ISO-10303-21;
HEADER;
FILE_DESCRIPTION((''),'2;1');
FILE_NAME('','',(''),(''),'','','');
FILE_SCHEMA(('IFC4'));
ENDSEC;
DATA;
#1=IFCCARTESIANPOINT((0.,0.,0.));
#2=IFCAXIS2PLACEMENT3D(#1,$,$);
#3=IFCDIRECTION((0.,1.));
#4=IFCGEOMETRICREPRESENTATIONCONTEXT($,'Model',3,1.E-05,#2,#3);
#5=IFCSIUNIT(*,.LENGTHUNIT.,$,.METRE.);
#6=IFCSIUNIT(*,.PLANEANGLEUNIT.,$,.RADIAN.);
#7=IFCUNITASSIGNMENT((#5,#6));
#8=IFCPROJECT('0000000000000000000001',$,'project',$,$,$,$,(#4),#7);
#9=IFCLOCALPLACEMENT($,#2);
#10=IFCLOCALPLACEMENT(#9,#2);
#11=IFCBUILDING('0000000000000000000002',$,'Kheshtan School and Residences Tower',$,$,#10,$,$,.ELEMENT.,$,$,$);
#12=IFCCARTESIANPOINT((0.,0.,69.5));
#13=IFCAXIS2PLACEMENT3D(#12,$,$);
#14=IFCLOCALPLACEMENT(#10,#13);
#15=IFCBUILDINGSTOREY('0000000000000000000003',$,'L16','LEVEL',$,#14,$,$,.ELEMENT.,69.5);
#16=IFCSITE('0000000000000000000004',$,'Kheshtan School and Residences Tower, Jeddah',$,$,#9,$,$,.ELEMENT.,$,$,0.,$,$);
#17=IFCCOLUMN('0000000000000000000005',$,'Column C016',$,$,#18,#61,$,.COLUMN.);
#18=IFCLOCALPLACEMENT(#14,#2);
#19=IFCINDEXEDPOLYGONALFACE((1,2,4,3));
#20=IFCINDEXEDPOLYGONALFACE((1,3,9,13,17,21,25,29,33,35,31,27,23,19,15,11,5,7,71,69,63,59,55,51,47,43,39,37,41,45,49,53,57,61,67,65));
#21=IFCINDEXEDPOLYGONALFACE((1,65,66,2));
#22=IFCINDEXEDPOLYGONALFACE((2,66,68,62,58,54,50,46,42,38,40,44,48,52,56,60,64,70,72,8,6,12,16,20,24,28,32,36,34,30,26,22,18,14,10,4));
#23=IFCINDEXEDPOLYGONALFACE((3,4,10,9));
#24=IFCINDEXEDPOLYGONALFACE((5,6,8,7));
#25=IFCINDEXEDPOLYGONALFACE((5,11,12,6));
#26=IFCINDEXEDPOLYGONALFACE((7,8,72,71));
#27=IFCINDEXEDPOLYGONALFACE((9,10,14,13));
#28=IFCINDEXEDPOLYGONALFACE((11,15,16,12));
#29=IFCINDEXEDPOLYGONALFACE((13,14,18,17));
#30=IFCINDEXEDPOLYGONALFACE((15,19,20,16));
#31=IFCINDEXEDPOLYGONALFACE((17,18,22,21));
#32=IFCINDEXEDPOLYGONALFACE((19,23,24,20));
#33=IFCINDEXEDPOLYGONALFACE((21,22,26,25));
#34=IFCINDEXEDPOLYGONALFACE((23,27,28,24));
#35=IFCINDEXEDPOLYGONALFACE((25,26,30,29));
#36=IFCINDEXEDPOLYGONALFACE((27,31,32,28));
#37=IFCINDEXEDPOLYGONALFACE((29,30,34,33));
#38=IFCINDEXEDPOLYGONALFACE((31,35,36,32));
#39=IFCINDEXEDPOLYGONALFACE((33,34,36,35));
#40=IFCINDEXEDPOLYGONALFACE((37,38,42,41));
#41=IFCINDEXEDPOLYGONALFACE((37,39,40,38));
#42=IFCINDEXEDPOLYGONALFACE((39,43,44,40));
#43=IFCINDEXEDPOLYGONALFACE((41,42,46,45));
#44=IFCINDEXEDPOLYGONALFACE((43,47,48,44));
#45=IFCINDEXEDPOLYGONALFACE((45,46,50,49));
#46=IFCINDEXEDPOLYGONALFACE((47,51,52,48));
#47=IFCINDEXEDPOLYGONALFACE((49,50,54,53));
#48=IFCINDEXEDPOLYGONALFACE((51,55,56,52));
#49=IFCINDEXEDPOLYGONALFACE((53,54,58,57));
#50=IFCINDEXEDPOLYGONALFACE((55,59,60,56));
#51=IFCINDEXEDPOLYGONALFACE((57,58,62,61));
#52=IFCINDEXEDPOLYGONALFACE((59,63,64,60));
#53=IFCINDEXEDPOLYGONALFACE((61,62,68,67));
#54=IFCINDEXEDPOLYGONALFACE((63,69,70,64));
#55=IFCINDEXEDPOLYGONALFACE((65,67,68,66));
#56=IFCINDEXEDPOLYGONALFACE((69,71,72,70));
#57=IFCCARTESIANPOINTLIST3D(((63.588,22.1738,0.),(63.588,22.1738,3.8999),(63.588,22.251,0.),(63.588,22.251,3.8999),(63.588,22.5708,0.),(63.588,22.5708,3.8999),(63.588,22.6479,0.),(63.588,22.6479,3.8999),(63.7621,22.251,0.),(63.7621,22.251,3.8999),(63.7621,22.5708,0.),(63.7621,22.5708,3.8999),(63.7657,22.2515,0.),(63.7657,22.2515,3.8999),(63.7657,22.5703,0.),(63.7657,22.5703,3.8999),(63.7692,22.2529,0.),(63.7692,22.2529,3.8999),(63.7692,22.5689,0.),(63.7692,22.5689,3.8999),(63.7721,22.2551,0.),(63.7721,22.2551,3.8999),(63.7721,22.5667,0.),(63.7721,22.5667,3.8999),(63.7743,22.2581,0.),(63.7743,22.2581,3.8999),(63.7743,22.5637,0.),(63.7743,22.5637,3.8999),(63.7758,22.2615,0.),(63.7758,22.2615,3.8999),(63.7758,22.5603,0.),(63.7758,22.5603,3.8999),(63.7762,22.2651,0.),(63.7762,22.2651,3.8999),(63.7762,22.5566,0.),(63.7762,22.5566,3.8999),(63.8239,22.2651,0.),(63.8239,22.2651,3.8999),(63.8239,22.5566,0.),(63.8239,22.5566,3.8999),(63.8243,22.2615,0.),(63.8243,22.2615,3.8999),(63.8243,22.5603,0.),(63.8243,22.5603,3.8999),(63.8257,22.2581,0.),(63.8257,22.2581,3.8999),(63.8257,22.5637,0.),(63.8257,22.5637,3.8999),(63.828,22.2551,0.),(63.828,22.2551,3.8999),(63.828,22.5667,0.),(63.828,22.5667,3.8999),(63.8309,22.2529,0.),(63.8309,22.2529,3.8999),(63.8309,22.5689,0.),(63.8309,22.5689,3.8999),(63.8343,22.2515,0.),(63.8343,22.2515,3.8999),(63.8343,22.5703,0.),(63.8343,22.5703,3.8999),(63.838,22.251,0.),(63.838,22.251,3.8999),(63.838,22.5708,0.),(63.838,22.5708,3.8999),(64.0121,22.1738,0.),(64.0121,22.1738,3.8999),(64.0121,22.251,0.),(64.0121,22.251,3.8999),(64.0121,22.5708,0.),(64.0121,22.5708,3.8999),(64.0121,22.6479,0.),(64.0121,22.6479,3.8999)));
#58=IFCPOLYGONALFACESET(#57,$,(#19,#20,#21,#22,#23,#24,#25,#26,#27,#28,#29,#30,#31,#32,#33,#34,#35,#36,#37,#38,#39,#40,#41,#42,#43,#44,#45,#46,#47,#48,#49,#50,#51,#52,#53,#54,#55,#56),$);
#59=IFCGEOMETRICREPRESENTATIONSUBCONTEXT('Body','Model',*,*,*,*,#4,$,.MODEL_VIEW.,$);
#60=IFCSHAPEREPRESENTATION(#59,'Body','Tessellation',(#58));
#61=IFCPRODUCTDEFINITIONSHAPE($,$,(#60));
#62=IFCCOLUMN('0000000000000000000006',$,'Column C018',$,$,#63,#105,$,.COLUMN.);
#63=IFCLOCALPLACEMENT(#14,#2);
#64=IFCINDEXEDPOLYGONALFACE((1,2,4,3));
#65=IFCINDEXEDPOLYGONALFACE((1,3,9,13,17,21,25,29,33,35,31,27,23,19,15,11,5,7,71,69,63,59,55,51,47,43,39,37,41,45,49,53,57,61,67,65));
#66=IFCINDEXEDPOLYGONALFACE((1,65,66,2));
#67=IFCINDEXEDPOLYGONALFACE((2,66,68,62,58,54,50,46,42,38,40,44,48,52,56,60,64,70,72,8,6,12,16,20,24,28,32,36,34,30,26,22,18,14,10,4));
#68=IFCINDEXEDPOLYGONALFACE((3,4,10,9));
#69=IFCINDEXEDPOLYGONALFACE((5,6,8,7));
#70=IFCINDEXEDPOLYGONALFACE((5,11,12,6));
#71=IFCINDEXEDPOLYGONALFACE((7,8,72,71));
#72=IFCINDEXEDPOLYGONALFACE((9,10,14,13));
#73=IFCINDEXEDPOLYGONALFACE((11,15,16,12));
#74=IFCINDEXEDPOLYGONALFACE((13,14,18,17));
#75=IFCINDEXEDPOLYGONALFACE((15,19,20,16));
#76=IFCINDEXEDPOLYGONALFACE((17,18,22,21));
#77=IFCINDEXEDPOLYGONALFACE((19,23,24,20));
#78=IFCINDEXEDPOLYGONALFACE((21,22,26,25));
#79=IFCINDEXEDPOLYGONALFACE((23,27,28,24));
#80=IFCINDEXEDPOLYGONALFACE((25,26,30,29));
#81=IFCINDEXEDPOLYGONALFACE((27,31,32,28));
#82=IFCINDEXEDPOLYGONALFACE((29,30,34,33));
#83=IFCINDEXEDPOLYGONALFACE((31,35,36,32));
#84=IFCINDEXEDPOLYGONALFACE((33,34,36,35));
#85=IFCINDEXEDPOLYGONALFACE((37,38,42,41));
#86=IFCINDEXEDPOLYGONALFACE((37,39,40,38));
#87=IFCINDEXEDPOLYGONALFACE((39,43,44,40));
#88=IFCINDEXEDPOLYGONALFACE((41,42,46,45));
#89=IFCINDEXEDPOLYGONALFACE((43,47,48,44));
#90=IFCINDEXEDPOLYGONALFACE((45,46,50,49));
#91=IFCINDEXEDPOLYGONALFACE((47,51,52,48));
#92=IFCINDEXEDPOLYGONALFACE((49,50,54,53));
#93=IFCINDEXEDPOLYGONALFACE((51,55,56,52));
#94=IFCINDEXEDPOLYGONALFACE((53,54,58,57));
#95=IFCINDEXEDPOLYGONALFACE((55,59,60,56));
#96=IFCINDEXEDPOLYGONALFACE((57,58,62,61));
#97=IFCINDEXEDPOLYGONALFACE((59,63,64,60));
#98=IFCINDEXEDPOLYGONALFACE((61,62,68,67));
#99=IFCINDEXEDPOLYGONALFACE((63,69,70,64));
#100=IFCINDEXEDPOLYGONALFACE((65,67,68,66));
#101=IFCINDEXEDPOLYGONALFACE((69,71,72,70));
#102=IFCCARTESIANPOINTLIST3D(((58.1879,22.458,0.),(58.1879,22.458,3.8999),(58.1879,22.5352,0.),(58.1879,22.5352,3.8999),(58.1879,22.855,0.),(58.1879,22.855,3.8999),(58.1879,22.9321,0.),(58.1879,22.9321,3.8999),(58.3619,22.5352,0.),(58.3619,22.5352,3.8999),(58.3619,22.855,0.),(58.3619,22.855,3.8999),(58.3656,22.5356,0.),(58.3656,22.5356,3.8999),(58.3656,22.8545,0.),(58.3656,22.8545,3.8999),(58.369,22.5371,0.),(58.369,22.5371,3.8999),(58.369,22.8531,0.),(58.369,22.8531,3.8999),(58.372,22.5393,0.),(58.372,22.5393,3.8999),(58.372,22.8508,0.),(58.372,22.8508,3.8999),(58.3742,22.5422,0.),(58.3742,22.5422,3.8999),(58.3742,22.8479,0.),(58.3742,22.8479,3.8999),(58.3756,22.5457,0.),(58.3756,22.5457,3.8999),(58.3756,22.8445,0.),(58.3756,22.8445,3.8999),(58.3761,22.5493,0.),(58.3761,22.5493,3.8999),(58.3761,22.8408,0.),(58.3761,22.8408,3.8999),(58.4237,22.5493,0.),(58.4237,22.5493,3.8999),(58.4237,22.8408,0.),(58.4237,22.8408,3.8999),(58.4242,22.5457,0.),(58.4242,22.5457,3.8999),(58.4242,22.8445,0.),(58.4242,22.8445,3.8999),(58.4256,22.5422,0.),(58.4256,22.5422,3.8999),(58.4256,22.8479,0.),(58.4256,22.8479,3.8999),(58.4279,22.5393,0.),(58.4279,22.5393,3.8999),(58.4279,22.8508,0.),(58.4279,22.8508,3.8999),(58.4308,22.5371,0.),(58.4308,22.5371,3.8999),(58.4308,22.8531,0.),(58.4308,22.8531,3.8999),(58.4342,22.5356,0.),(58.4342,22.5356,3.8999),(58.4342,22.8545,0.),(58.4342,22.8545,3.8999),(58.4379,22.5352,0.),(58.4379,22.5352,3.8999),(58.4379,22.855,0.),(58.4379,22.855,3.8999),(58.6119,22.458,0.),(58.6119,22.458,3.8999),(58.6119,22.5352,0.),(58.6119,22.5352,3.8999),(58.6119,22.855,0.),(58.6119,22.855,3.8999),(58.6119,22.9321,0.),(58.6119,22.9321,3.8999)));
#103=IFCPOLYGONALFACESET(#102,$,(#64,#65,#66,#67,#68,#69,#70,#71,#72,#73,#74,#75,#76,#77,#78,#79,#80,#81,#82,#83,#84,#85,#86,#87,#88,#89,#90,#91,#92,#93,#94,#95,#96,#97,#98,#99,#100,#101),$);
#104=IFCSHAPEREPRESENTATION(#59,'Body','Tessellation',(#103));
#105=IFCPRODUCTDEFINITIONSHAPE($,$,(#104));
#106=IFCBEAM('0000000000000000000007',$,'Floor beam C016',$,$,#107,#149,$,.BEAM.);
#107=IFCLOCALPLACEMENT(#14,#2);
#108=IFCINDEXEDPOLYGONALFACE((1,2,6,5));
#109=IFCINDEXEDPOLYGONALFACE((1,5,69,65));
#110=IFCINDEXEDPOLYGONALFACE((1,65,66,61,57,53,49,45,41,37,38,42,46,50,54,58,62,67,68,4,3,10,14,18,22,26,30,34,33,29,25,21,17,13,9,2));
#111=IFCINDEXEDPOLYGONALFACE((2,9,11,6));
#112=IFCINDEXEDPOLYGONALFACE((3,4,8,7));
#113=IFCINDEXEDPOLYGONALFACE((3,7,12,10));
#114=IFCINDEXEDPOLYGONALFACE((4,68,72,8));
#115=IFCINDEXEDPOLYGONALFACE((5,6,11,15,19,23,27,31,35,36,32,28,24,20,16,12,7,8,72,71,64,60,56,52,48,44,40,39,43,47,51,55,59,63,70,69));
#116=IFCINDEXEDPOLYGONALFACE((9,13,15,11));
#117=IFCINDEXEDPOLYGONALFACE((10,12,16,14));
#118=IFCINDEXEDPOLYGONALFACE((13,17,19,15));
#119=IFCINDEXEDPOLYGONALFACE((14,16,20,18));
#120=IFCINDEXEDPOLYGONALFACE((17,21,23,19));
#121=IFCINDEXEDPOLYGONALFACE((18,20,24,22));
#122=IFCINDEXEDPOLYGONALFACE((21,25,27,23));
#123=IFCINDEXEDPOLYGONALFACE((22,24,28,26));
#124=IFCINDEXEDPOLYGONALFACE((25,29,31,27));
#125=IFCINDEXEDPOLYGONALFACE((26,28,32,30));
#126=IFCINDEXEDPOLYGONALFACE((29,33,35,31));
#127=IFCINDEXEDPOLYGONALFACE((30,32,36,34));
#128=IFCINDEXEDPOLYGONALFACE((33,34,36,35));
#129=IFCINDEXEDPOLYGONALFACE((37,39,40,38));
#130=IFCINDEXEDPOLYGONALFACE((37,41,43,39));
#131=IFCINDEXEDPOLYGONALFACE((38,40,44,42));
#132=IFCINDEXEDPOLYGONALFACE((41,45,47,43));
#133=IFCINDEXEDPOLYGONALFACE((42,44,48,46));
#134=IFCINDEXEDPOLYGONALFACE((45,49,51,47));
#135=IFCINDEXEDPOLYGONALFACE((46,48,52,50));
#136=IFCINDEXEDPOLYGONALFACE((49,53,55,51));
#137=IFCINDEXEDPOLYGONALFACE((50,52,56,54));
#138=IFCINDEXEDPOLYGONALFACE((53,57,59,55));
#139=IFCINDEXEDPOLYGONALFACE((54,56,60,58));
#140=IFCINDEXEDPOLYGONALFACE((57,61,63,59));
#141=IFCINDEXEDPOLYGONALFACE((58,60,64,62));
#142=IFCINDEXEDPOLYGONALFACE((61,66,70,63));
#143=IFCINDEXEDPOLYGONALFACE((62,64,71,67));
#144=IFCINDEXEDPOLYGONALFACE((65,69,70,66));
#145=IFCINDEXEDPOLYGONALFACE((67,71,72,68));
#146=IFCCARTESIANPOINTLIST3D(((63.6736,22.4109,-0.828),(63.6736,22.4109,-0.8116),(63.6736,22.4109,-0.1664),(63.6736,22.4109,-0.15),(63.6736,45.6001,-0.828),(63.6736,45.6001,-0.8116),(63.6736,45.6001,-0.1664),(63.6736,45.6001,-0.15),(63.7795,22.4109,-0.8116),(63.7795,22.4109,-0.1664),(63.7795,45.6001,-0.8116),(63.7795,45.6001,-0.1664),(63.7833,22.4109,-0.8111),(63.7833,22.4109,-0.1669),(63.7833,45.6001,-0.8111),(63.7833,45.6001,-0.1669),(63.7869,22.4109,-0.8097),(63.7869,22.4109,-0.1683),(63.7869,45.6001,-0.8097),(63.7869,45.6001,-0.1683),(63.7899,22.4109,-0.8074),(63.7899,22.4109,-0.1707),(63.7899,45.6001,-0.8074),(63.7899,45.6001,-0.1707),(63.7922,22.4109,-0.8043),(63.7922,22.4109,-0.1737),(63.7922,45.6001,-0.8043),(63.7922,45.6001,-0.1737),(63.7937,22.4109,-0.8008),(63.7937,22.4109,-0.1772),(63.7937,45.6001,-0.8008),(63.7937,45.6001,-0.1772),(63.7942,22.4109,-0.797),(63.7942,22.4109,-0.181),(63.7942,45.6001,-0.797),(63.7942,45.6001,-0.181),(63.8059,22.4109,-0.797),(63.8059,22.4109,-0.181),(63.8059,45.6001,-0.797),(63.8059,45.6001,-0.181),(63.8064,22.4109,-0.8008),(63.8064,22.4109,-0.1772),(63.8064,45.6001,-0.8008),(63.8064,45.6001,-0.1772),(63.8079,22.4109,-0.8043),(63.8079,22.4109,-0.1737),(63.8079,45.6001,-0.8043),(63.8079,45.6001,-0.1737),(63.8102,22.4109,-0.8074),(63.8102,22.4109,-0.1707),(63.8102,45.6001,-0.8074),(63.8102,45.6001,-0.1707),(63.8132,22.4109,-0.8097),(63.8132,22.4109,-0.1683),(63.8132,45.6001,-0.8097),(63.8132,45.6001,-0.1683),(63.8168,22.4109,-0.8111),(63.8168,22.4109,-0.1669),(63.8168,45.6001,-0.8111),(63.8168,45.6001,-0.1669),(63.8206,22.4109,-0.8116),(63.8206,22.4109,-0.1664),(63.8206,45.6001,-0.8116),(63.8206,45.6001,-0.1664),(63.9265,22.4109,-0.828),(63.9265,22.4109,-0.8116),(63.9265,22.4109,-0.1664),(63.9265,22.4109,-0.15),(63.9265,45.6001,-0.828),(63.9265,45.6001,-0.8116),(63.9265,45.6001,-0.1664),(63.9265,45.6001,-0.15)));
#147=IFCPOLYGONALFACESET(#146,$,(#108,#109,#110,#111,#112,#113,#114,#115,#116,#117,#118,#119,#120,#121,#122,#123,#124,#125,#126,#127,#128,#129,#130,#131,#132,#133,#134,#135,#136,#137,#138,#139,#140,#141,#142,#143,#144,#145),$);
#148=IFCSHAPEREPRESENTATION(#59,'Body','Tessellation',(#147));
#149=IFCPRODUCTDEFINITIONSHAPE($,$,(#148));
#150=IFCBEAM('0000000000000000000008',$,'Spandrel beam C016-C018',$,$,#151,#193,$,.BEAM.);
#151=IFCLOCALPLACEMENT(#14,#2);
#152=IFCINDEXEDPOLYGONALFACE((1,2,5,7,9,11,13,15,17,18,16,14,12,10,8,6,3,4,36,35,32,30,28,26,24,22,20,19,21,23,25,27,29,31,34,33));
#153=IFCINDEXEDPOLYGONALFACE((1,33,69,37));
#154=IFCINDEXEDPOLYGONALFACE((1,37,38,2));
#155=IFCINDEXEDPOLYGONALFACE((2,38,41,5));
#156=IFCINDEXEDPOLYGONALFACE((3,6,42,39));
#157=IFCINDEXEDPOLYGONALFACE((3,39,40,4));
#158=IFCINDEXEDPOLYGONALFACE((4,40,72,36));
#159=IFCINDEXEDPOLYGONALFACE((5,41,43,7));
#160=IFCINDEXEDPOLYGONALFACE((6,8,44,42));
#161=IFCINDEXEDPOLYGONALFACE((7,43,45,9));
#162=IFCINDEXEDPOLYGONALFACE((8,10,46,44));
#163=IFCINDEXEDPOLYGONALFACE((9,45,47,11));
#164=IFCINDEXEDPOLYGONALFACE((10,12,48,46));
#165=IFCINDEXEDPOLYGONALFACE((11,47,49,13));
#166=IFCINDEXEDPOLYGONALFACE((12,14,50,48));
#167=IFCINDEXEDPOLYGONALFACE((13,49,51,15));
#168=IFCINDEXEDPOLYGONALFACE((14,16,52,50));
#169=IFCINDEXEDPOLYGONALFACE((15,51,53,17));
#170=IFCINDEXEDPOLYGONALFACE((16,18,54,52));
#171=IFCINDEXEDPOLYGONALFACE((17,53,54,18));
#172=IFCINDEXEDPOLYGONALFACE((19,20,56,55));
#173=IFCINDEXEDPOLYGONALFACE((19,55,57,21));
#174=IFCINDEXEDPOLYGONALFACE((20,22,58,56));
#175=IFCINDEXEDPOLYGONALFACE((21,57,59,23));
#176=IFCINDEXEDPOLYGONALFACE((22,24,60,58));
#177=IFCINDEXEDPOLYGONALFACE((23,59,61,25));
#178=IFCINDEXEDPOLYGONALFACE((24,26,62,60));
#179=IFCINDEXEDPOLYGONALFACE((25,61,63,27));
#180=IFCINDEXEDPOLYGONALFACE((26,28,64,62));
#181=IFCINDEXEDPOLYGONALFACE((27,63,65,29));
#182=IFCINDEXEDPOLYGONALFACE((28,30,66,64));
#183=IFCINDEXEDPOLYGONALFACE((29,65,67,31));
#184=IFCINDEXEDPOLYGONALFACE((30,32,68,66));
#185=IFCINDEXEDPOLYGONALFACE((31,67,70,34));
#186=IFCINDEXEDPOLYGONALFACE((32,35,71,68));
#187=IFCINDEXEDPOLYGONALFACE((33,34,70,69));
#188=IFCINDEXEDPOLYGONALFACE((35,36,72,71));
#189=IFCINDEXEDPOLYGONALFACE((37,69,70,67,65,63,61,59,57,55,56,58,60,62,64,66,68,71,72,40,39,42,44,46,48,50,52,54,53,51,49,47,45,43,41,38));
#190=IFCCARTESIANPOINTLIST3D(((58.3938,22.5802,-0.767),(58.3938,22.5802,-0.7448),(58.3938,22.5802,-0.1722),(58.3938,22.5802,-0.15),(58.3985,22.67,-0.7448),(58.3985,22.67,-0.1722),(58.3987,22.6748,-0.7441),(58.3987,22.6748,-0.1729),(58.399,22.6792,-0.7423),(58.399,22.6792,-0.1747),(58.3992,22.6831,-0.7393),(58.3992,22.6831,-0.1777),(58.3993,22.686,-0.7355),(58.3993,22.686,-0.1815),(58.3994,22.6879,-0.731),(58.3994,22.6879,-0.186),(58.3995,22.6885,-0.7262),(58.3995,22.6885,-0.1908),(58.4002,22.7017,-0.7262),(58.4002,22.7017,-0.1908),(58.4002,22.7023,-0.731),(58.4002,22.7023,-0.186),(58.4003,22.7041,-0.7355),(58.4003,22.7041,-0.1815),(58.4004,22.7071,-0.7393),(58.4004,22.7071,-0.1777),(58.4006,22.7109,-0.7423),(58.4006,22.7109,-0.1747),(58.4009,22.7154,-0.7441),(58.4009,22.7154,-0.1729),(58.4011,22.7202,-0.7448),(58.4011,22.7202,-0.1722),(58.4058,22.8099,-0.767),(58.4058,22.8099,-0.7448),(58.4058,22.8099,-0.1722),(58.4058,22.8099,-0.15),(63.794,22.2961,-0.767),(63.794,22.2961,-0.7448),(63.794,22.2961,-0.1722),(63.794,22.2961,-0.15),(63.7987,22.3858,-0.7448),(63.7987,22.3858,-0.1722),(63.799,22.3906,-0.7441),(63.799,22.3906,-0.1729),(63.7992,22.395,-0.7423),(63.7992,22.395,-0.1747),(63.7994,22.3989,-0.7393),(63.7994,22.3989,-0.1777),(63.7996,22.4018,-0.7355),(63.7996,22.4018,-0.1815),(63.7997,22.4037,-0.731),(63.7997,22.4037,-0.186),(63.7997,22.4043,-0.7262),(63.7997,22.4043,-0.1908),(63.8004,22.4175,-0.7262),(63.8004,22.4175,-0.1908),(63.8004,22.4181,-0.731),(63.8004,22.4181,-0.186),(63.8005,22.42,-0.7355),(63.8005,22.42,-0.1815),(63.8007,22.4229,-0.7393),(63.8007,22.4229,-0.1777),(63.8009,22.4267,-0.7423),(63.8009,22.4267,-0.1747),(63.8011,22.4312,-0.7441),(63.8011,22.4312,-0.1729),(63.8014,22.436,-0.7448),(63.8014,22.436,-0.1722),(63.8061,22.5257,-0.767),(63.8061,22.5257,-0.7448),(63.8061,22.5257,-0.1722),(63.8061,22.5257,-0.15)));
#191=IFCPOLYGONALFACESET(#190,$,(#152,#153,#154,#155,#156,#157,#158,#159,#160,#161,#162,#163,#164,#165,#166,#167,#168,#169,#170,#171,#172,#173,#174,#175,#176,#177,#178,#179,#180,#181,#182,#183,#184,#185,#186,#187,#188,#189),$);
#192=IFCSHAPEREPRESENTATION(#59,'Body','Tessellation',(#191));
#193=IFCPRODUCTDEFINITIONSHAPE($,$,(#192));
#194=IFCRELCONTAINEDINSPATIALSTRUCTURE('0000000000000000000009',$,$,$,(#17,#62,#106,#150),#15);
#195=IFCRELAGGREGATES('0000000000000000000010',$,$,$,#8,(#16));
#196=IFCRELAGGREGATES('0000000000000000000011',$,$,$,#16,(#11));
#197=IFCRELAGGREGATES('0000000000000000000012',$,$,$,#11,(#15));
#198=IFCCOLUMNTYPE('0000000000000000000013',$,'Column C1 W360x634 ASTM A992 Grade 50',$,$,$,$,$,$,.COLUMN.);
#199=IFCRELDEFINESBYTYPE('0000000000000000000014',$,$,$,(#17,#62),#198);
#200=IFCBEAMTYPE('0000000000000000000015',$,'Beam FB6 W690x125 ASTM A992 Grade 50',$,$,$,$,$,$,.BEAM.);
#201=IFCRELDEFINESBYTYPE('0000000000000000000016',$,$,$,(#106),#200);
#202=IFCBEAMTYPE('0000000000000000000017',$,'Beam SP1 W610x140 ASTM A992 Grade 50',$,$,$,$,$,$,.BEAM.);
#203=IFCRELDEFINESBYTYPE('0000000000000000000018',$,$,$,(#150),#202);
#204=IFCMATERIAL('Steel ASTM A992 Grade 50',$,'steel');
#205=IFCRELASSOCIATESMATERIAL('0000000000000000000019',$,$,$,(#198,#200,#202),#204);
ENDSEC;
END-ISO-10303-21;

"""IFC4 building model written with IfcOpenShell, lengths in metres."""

from ifc_helpers import new_model, si_unit, direction, frame, origin, origin_2d, place, context, subcontext, project, spatial, i_section, extrude, material, material_profile, profile_set, type_object, element, save


model = new_model("IFC4")

# Units and contexts
model_context = context("Model", 3, precision=1e-05, world=origin(), true_north=direction((0.0, 1.0)))
body_context = subcontext(model_context, "Body", "Model", "MODEL_VIEW")
ifc_project = project(units=[si_unit("LENGTHUNIT", "METRE"), si_unit("PLANEANGLEUNIT", "RADIAN")], contexts=[model_context])

# Site, building, storey
site_placement = place(None, origin())
site = spatial("IfcSite", under=ifc_project, at=site_placement, Name="Kheshtan School and Residences Tower, Jeddah", CompositionType="ELEMENT", RefElevation=0.0)
building_placement = place(site_placement, origin())
building = spatial("IfcBuilding", under=site, at=building_placement, Name="Kheshtan School and Residences Tower", CompositionType="ELEMENT")
storey_placement = place(building_placement, frame((0.0, 0.0, 69.5)))
storey = spatial("IfcBuildingStorey", under=building, at=storey_placement, Name="L16", Description="LEVEL", CompositionType="ELEMENT", Elevation=69.5)

# Columns
ifc_material_1 = material(Name="Steel ASTM A992 Grade 50", Category="steel")
ifc_material_profile_1 = material_profile(ifc_material_1, i_section(OverallWidth=0.4241, OverallDepth=0.4741, WebThickness=0.0476, FlangeThickness=0.0771, FilletRadius=0.0142, at=origin_2d()), Name="W360x634")
ifc_profile_set_1 = profile_set([ifc_material_profile_1], Name="Steel ASTM A992 Grade 50")
column_type = type_object("IfcColumnType", Name="Column C1 W360x634 ASTM A992 Grade 50", PredefinedType="COLUMN", material=ifc_profile_set_1)
for number, where, z_axis, x_axis, name in (
    (1, (63.8, 22.4109, 0.0), (0.0, 0.0, 1.0), (1.0, 0.0, 0.0), "Column C016"),
    (2, (58.3999, 22.6951, 0.0), (0.0, 0.0, 1.0), (1.0, 0.0, 0.0), "Column C018"),
):
    element("IfcColumn", number, at=place(storey_placement, frame(where, z_axis=z_axis, x_axis=x_axis)), inside=storey, type_object=column_type, Name=name, PredefinedType="COLUMN", context=body_context, shape_type="SweptSolid", body=[
        extrude(i_section(OverallWidth=0.4241, OverallDepth=0.4741, WebThickness=0.0476, FlangeThickness=0.0771, FilletRadius=0.0142, at=origin_2d()), origin(), (0.0, 0.0, 1.0), 3.8999),
    ])

# Beams
ifc_material_profile_2 = material_profile(ifc_material_1, i_section(OverallWidth=0.2529, OverallDepth=0.678, WebThickness=0.0117, FlangeThickness=0.0164, FilletRadius=0.0146, at=origin_2d()), Name="W690x125")
ifc_profile_set_2 = profile_set([ifc_material_profile_2], Name="Steel ASTM A992 Grade 50")
beam_type_1 = type_object("IfcBeamType", Name="Beam FB6 W690x125 ASTM A992 Grade 50", PredefinedType="BEAM", material=ifc_profile_set_2)
beam_1_placement = place(storey_placement, frame((63.8, 22.4109, -0.489), z_axis=(0.0, 1.0, 0.0), x_axis=(-1.0, 0.0, 0.0)))
element("IfcBeam", 3, at=beam_1_placement, inside=storey, type_object=beam_type_1, Name="Floor beam C016", PredefinedType="BEAM", context=body_context, shape_type="SweptSolid", body=[
    extrude(i_section(OverallWidth=0.2529, OverallDepth=0.678, WebThickness=0.0117, FlangeThickness=0.0164, FilletRadius=0.0146, at=origin_2d()), origin(), (0.0, 0.0, 1.0), 23.1892),
])
ifc_material_profile_3 = material_profile(ifc_material_1, i_section(OverallWidth=0.23, OverallDepth=0.6169, WebThickness=0.0132, FlangeThickness=0.0222, FilletRadius=0.0186, at=origin_2d()), Name="W610x140")
ifc_profile_set_3 = profile_set([ifc_material_profile_3], Name="Steel ASTM A992 Grade 50")
beam_type_2 = type_object("IfcBeamType", Name="Beam SP1 W610x140 ASTM A992 Grade 50", PredefinedType="BEAM", material=ifc_profile_set_3)
beam_2_placement = place(storey_placement, frame((63.8, 22.4109, -0.4585), z_axis=(-0.998618, 0.052552, 0.0), x_axis=(-0.052552, -0.998618, 0.0)))
element("IfcBeam", 4, at=beam_2_placement, inside=storey, type_object=beam_type_2, Name="Spandrel beam C016-C018", PredefinedType="BEAM", context=body_context, shape_type="SweptSolid", body=[
    extrude(i_section(OverallWidth=0.23, OverallDepth=0.6169, WebThickness=0.0132, FlangeThickness=0.0222, FilletRadius=0.0186, at=origin_2d()), origin(), (0.0, 0.0, 1.0), 5.4077),
])

save(model, "model.ifc")
